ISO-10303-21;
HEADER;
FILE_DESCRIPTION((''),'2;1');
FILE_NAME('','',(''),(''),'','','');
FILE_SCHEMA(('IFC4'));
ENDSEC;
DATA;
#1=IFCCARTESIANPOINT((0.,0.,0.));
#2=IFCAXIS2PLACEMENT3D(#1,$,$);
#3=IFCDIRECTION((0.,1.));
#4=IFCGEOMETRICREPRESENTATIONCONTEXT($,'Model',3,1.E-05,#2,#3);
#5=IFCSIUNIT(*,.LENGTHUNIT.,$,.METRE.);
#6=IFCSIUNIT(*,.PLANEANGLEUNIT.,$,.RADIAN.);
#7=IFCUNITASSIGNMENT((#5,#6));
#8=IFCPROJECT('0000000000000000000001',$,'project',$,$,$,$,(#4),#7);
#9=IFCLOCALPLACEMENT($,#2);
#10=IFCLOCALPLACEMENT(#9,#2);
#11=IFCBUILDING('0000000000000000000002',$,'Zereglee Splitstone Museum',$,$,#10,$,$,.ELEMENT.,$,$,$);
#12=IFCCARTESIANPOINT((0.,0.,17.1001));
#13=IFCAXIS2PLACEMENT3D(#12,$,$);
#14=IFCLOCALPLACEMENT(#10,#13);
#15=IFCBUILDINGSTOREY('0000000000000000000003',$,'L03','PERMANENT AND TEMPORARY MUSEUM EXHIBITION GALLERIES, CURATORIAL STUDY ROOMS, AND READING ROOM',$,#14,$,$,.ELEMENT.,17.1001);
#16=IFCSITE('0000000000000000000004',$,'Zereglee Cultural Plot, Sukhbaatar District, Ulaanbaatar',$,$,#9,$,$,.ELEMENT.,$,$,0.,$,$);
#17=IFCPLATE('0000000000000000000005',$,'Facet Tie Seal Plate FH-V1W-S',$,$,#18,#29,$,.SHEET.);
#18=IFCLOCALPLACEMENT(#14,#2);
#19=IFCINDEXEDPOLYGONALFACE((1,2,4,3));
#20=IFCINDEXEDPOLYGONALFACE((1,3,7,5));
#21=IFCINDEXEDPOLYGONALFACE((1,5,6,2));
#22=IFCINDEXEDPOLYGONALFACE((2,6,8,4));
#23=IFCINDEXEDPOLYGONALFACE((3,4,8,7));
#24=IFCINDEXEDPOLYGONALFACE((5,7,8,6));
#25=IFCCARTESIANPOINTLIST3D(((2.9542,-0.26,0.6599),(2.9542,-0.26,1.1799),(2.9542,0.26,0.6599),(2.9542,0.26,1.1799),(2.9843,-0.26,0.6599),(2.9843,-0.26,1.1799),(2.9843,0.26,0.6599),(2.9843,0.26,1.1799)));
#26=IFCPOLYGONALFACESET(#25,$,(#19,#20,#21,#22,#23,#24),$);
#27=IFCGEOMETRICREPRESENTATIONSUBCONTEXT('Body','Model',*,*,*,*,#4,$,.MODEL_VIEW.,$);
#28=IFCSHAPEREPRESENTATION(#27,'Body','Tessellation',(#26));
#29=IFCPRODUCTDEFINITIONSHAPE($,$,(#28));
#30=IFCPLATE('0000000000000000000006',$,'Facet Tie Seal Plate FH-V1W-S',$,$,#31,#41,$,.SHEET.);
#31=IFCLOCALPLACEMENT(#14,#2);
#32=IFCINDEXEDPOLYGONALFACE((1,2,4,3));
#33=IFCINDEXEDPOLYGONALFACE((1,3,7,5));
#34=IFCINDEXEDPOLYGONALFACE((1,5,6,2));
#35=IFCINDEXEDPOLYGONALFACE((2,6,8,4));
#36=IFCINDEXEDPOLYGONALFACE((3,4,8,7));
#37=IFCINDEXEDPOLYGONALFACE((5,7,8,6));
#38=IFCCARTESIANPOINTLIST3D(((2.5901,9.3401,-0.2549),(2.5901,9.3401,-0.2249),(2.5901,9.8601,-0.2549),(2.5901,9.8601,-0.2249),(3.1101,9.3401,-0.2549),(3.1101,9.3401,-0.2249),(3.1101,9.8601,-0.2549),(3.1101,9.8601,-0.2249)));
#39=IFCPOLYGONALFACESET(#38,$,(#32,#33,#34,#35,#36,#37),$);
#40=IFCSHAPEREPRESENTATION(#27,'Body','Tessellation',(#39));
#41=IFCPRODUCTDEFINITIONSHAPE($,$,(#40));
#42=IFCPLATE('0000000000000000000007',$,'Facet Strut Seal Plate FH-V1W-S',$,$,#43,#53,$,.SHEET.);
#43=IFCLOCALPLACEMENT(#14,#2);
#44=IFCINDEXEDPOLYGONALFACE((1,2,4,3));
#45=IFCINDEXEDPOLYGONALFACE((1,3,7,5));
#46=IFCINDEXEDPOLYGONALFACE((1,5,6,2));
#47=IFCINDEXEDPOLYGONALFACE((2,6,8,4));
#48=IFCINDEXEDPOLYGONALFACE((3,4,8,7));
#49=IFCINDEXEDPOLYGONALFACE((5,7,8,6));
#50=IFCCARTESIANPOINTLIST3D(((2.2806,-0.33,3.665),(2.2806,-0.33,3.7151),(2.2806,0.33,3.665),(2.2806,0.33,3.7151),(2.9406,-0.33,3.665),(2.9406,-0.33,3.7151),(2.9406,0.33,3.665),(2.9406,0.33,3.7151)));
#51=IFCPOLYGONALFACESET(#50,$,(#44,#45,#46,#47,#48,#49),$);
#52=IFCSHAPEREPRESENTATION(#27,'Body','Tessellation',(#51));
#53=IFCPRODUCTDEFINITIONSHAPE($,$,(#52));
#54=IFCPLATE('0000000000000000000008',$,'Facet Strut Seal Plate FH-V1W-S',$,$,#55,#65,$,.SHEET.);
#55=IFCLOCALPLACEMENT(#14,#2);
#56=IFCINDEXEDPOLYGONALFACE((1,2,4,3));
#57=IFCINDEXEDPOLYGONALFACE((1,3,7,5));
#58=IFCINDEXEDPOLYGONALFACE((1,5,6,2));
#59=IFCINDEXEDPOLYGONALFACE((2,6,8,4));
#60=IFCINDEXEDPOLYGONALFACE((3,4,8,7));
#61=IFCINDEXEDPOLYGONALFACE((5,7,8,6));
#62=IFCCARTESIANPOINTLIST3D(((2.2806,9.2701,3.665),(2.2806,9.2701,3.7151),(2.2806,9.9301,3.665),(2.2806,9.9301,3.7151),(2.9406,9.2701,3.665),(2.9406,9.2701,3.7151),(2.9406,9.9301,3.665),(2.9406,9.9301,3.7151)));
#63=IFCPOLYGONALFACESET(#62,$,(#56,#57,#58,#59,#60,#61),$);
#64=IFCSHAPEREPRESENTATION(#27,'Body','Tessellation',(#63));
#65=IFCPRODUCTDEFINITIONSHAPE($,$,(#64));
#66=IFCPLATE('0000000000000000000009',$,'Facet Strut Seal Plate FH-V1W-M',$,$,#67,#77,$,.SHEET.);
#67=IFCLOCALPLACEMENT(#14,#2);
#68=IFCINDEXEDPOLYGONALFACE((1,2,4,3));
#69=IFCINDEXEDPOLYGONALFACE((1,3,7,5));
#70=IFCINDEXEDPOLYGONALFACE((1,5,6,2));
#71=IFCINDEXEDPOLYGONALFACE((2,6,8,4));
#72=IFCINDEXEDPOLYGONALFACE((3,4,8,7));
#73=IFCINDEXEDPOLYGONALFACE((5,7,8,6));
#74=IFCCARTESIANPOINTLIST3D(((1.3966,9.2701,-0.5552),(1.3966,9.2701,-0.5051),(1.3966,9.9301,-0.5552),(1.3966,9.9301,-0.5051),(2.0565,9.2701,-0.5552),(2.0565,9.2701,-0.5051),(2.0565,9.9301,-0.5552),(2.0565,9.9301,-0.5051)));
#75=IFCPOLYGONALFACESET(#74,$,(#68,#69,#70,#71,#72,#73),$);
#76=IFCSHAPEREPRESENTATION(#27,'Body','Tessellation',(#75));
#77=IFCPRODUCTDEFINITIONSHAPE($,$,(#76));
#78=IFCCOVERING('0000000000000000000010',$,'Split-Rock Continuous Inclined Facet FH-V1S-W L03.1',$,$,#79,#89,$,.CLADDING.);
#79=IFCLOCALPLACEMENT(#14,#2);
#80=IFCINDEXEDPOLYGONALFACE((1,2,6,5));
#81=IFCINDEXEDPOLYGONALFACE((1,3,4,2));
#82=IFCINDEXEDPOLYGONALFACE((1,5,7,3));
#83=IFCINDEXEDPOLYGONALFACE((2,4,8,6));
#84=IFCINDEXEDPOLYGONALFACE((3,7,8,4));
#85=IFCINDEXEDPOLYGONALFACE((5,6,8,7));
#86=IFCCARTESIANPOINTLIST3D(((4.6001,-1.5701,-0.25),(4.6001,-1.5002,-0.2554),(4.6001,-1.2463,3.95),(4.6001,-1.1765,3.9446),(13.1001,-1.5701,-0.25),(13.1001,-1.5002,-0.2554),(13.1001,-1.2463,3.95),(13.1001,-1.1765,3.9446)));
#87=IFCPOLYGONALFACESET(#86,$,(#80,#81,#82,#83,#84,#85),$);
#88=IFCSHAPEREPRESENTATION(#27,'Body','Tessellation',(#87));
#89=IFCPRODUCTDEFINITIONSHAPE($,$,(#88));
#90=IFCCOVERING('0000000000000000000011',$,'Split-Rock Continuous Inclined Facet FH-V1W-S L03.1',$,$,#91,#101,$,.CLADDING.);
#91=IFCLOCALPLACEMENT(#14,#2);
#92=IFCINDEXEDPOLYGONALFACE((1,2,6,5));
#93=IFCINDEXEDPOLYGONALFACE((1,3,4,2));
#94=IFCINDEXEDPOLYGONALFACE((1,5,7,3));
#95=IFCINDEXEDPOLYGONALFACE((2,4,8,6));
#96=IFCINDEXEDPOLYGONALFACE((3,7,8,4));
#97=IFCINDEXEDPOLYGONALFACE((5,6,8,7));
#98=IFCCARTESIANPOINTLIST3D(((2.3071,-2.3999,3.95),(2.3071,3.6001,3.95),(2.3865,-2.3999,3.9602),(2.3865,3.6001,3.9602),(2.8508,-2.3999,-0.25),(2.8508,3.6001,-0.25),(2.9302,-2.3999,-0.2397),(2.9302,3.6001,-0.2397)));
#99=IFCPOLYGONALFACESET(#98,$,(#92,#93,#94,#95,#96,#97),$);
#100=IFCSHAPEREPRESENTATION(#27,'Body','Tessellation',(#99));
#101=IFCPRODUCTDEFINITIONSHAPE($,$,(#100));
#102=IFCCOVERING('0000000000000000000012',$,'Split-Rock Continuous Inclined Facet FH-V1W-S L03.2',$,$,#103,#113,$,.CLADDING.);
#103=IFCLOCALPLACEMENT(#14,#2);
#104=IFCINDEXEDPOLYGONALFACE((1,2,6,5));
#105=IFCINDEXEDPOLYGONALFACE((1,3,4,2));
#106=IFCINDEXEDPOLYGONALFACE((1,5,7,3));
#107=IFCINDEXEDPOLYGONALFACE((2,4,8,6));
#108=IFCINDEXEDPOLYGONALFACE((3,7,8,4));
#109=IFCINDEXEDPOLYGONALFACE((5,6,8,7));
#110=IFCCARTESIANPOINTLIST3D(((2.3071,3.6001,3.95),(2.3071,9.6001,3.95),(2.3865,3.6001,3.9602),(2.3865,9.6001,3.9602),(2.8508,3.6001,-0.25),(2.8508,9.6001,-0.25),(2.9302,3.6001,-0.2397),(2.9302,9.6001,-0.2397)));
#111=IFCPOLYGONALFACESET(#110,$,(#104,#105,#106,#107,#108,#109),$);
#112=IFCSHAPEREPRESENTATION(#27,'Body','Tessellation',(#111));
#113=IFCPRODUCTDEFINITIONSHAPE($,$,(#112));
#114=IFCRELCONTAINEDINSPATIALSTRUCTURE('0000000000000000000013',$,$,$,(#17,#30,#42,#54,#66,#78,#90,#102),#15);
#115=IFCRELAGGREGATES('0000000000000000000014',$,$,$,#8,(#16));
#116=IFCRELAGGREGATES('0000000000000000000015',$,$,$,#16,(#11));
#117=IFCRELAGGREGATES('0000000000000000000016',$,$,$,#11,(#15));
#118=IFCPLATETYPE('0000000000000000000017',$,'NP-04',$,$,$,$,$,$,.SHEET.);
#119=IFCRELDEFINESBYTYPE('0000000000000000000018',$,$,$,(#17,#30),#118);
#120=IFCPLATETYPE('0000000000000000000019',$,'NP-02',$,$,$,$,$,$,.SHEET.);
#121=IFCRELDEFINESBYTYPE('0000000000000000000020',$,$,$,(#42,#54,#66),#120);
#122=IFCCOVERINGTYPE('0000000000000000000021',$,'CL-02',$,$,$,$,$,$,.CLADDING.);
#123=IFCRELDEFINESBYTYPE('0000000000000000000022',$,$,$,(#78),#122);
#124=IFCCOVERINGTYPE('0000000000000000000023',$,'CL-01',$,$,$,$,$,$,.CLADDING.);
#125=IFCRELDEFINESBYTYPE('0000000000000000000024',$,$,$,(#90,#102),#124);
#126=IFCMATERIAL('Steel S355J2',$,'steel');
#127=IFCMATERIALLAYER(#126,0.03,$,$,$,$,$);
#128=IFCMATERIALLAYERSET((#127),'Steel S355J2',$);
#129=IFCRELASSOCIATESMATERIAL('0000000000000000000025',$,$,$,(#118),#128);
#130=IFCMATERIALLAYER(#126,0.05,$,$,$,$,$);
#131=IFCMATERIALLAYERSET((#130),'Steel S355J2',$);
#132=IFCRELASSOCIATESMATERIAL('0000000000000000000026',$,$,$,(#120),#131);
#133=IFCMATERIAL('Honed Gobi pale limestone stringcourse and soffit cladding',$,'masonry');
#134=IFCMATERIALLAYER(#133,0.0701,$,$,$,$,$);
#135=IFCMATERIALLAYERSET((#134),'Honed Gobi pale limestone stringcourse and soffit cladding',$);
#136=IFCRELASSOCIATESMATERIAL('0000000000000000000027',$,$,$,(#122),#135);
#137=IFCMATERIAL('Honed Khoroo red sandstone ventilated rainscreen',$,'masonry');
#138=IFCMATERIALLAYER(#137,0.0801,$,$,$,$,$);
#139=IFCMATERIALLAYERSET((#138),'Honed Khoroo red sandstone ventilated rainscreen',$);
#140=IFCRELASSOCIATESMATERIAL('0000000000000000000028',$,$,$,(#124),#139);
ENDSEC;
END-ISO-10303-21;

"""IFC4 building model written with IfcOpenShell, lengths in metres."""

from ifc_helpers import new_model, si_unit, direction, frame, origin, origin_2d, place, context, subcontext, project, spatial, polyline, rectangle, outline, extrude, material, layer, layer_set, type_object, element, save


model = new_model("IFC4")

# Units and contexts
model_context = context("Model", 3, precision=1e-05, world=origin(), true_north=direction((0.0, 1.0)))
body_context = subcontext(model_context, "Body", "Model", "MODEL_VIEW")
ifc_project = project(units=[si_unit("LENGTHUNIT", "METRE"), si_unit("PLANEANGLEUNIT", "RADIAN")], contexts=[model_context])

# Site, building, storey
site_placement = place(None, origin())
site = spatial("IfcSite", under=ifc_project, at=site_placement, Name="Zereglee Cultural Plot, Sukhbaatar District, Ulaanbaatar", CompositionType="ELEMENT", RefElevation=0.0)
building_placement = place(site_placement, origin())
building = spatial("IfcBuilding", under=site, at=building_placement, Name="Zereglee Splitstone Museum", CompositionType="ELEMENT")
storey_placement = place(building_placement, frame((0.0, 0.0, 17.1001)))
storey = spatial("IfcBuildingStorey", under=building, at=storey_placement, Name="L03", Description="PERMANENT AND TEMPORARY MUSEUM EXHIBITION GALLERIES, CURATORIAL STUDY ROOMS, AND READING ROOM", CompositionType="ELEMENT", Elevation=17.1001)

# Shared definitions
ifc_material_1 = material(Name="Steel S355J2", Category="steel")

# Plates
ifc_layer_1 = layer(ifc_material_1, 0.03)
ifc_layer_set_1 = layer_set([ifc_layer_1], Name="Steel S355J2")
plate_type_1 = type_object("IfcPlateType", Name="NP-04", PredefinedType="SHEET", material=ifc_layer_set_1)
plate_1_placement = place(storey_placement, frame((2.9692, 0.0, 0.6599), z_axis=(0.0, 0.0, 1.0), x_axis=(1.0, 0.0, 0.0)))
element("IfcPlate", 1, at=plate_1_placement, inside=storey, type_object=plate_type_1, Name="Facet Tie Seal Plate FH-V1W-S", PredefinedType="SHEET", context=body_context, shape_type="SweptSolid", body=[
    extrude(rectangle(XDim=0.03, YDim=0.52, at=origin_2d()), origin(), (0.0, 0.0, 1.0), 0.52),
])
plate_2_placement = place(storey_placement, frame((2.8501, 9.6001, -0.2549), z_axis=(0.0, 0.0, 1.0), x_axis=(1.0, 0.0, 0.0)))
element("IfcPlate", 2, at=plate_2_placement, inside=storey, type_object=plate_type_1, Name="Facet Tie Seal Plate FH-V1W-S", PredefinedType="SHEET", context=body_context, shape_type="SweptSolid", body=[
    extrude(rectangle(XDim=0.52, YDim=0.52, at=origin_2d()), origin(), (0.0, 0.0, 1.0), 0.03),
])
ifc_layer_2 = layer(ifc_material_1, 0.05)
ifc_layer_set_2 = layer_set([ifc_layer_2], Name="Steel S355J2")
plate_type_2 = type_object("IfcPlateType", Name="NP-02", PredefinedType="SHEET", material=ifc_layer_set_2)
for number, where, z_axis, x_axis, name in (
    (3, (2.6106, 0.0, 3.665), (0.0, 0.0, 1.0), (1.0, 0.0, 0.0), "Facet Strut Seal Plate FH-V1W-S"),
    (4, (2.6106, 9.6001, 3.665), (0.0, 0.0, 1.0), (1.0, 0.0, 0.0), "Facet Strut Seal Plate FH-V1W-S"),
    (5, (1.7266, 9.6001, -0.5552), (0.0, 0.0, 1.0), (1.0, 0.0, 0.0), "Facet Strut Seal Plate FH-V1W-M"),
):
    element("IfcPlate", number, at=place(storey_placement, frame(where, z_axis=z_axis, x_axis=x_axis)), inside=storey, type_object=plate_type_2, Name=name, PredefinedType="SHEET", context=body_context, shape_type="SweptSolid", body=[
        extrude(rectangle(XDim=0.6599, YDim=0.6599, at=origin_2d()), origin(), (0.0, 0.0, 1.0), 0.05),
    ])

# Coverings
ifc_material_2 = material(Name="Honed Gobi pale limestone stringcourse and soffit cladding", Category="masonry")
ifc_layer_3 = layer(ifc_material_2, 0.0701)
ifc_layer_set_3 = layer_set([ifc_layer_3], Name="Honed Gobi pale limestone stringcourse and soffit cladding")
covering_type_1 = type_object("IfcCoveringType", Name="CL-02", PredefinedType="CLADDING", material=ifc_layer_set_3)
covering_placement = place(storey_placement, frame((4.6001, -1.5701, -0.25), z_axis=(0.0, -0.997043, 0.076852), x_axis=(1.0, 0.0, 0.0)))
element("IfcCovering", 6, at=covering_placement, inside=storey, type_object=covering_type_1, Name="Split-Rock Continuous Inclined Facet FH-V1S-W L03.1", PredefinedType="CLADDING", context=body_context, shape_type="SweptSolid", body=[
    extrude(outline(polyline([(0.0, 0.0), (8.5, 0.0), (8.5, 4.2124), (0.0, 4.2124), (0.0, 0.0)])), origin(), (0.0, 0.0, -1.0), 0.0701),
])
ifc_material_3 = material(Name="Honed Khoroo red sandstone ventilated rainscreen", Category="masonry")
ifc_layer_4 = layer(ifc_material_3, 0.0801)
ifc_layer_set_4 = layer_set([ifc_layer_4], Name="Honed Khoroo red sandstone ventilated rainscreen")
covering_type_2 = type_object("IfcCoveringType", Name="CL-01", PredefinedType="CLADDING", material=ifc_layer_set_4)
for number, where, z_axis, x_axis, name in (
    (7, (2.3071, -2.3999, 3.95), (-0.991725, 0.0, -0.128383), (0.0, 1.0, 0.0), "Split-Rock Continuous Inclined Facet FH-V1W-S L03.1"),
    (8, (2.3071, 3.6001, 3.95), (-0.991725, 0.0, -0.128383), (0.0, 1.0, 0.0), "Split-Rock Continuous Inclined Facet FH-V1W-S L03.2"),
):
    element("IfcCovering", number, at=place(storey_placement, frame(where, z_axis=z_axis, x_axis=x_axis)), inside=storey, type_object=covering_type_2, Name=name, PredefinedType="CLADDING", context=body_context, shape_type="SweptSolid", body=[
        extrude(outline(polyline([(0.0, 0.0), (6.0, 0.0), (6.0, 4.235), (0.0, 4.235), (0.0, 0.0)])), origin(), (0.0, 0.0, -1.0), 0.0801),
    ])

save(model, "model.ifc")
